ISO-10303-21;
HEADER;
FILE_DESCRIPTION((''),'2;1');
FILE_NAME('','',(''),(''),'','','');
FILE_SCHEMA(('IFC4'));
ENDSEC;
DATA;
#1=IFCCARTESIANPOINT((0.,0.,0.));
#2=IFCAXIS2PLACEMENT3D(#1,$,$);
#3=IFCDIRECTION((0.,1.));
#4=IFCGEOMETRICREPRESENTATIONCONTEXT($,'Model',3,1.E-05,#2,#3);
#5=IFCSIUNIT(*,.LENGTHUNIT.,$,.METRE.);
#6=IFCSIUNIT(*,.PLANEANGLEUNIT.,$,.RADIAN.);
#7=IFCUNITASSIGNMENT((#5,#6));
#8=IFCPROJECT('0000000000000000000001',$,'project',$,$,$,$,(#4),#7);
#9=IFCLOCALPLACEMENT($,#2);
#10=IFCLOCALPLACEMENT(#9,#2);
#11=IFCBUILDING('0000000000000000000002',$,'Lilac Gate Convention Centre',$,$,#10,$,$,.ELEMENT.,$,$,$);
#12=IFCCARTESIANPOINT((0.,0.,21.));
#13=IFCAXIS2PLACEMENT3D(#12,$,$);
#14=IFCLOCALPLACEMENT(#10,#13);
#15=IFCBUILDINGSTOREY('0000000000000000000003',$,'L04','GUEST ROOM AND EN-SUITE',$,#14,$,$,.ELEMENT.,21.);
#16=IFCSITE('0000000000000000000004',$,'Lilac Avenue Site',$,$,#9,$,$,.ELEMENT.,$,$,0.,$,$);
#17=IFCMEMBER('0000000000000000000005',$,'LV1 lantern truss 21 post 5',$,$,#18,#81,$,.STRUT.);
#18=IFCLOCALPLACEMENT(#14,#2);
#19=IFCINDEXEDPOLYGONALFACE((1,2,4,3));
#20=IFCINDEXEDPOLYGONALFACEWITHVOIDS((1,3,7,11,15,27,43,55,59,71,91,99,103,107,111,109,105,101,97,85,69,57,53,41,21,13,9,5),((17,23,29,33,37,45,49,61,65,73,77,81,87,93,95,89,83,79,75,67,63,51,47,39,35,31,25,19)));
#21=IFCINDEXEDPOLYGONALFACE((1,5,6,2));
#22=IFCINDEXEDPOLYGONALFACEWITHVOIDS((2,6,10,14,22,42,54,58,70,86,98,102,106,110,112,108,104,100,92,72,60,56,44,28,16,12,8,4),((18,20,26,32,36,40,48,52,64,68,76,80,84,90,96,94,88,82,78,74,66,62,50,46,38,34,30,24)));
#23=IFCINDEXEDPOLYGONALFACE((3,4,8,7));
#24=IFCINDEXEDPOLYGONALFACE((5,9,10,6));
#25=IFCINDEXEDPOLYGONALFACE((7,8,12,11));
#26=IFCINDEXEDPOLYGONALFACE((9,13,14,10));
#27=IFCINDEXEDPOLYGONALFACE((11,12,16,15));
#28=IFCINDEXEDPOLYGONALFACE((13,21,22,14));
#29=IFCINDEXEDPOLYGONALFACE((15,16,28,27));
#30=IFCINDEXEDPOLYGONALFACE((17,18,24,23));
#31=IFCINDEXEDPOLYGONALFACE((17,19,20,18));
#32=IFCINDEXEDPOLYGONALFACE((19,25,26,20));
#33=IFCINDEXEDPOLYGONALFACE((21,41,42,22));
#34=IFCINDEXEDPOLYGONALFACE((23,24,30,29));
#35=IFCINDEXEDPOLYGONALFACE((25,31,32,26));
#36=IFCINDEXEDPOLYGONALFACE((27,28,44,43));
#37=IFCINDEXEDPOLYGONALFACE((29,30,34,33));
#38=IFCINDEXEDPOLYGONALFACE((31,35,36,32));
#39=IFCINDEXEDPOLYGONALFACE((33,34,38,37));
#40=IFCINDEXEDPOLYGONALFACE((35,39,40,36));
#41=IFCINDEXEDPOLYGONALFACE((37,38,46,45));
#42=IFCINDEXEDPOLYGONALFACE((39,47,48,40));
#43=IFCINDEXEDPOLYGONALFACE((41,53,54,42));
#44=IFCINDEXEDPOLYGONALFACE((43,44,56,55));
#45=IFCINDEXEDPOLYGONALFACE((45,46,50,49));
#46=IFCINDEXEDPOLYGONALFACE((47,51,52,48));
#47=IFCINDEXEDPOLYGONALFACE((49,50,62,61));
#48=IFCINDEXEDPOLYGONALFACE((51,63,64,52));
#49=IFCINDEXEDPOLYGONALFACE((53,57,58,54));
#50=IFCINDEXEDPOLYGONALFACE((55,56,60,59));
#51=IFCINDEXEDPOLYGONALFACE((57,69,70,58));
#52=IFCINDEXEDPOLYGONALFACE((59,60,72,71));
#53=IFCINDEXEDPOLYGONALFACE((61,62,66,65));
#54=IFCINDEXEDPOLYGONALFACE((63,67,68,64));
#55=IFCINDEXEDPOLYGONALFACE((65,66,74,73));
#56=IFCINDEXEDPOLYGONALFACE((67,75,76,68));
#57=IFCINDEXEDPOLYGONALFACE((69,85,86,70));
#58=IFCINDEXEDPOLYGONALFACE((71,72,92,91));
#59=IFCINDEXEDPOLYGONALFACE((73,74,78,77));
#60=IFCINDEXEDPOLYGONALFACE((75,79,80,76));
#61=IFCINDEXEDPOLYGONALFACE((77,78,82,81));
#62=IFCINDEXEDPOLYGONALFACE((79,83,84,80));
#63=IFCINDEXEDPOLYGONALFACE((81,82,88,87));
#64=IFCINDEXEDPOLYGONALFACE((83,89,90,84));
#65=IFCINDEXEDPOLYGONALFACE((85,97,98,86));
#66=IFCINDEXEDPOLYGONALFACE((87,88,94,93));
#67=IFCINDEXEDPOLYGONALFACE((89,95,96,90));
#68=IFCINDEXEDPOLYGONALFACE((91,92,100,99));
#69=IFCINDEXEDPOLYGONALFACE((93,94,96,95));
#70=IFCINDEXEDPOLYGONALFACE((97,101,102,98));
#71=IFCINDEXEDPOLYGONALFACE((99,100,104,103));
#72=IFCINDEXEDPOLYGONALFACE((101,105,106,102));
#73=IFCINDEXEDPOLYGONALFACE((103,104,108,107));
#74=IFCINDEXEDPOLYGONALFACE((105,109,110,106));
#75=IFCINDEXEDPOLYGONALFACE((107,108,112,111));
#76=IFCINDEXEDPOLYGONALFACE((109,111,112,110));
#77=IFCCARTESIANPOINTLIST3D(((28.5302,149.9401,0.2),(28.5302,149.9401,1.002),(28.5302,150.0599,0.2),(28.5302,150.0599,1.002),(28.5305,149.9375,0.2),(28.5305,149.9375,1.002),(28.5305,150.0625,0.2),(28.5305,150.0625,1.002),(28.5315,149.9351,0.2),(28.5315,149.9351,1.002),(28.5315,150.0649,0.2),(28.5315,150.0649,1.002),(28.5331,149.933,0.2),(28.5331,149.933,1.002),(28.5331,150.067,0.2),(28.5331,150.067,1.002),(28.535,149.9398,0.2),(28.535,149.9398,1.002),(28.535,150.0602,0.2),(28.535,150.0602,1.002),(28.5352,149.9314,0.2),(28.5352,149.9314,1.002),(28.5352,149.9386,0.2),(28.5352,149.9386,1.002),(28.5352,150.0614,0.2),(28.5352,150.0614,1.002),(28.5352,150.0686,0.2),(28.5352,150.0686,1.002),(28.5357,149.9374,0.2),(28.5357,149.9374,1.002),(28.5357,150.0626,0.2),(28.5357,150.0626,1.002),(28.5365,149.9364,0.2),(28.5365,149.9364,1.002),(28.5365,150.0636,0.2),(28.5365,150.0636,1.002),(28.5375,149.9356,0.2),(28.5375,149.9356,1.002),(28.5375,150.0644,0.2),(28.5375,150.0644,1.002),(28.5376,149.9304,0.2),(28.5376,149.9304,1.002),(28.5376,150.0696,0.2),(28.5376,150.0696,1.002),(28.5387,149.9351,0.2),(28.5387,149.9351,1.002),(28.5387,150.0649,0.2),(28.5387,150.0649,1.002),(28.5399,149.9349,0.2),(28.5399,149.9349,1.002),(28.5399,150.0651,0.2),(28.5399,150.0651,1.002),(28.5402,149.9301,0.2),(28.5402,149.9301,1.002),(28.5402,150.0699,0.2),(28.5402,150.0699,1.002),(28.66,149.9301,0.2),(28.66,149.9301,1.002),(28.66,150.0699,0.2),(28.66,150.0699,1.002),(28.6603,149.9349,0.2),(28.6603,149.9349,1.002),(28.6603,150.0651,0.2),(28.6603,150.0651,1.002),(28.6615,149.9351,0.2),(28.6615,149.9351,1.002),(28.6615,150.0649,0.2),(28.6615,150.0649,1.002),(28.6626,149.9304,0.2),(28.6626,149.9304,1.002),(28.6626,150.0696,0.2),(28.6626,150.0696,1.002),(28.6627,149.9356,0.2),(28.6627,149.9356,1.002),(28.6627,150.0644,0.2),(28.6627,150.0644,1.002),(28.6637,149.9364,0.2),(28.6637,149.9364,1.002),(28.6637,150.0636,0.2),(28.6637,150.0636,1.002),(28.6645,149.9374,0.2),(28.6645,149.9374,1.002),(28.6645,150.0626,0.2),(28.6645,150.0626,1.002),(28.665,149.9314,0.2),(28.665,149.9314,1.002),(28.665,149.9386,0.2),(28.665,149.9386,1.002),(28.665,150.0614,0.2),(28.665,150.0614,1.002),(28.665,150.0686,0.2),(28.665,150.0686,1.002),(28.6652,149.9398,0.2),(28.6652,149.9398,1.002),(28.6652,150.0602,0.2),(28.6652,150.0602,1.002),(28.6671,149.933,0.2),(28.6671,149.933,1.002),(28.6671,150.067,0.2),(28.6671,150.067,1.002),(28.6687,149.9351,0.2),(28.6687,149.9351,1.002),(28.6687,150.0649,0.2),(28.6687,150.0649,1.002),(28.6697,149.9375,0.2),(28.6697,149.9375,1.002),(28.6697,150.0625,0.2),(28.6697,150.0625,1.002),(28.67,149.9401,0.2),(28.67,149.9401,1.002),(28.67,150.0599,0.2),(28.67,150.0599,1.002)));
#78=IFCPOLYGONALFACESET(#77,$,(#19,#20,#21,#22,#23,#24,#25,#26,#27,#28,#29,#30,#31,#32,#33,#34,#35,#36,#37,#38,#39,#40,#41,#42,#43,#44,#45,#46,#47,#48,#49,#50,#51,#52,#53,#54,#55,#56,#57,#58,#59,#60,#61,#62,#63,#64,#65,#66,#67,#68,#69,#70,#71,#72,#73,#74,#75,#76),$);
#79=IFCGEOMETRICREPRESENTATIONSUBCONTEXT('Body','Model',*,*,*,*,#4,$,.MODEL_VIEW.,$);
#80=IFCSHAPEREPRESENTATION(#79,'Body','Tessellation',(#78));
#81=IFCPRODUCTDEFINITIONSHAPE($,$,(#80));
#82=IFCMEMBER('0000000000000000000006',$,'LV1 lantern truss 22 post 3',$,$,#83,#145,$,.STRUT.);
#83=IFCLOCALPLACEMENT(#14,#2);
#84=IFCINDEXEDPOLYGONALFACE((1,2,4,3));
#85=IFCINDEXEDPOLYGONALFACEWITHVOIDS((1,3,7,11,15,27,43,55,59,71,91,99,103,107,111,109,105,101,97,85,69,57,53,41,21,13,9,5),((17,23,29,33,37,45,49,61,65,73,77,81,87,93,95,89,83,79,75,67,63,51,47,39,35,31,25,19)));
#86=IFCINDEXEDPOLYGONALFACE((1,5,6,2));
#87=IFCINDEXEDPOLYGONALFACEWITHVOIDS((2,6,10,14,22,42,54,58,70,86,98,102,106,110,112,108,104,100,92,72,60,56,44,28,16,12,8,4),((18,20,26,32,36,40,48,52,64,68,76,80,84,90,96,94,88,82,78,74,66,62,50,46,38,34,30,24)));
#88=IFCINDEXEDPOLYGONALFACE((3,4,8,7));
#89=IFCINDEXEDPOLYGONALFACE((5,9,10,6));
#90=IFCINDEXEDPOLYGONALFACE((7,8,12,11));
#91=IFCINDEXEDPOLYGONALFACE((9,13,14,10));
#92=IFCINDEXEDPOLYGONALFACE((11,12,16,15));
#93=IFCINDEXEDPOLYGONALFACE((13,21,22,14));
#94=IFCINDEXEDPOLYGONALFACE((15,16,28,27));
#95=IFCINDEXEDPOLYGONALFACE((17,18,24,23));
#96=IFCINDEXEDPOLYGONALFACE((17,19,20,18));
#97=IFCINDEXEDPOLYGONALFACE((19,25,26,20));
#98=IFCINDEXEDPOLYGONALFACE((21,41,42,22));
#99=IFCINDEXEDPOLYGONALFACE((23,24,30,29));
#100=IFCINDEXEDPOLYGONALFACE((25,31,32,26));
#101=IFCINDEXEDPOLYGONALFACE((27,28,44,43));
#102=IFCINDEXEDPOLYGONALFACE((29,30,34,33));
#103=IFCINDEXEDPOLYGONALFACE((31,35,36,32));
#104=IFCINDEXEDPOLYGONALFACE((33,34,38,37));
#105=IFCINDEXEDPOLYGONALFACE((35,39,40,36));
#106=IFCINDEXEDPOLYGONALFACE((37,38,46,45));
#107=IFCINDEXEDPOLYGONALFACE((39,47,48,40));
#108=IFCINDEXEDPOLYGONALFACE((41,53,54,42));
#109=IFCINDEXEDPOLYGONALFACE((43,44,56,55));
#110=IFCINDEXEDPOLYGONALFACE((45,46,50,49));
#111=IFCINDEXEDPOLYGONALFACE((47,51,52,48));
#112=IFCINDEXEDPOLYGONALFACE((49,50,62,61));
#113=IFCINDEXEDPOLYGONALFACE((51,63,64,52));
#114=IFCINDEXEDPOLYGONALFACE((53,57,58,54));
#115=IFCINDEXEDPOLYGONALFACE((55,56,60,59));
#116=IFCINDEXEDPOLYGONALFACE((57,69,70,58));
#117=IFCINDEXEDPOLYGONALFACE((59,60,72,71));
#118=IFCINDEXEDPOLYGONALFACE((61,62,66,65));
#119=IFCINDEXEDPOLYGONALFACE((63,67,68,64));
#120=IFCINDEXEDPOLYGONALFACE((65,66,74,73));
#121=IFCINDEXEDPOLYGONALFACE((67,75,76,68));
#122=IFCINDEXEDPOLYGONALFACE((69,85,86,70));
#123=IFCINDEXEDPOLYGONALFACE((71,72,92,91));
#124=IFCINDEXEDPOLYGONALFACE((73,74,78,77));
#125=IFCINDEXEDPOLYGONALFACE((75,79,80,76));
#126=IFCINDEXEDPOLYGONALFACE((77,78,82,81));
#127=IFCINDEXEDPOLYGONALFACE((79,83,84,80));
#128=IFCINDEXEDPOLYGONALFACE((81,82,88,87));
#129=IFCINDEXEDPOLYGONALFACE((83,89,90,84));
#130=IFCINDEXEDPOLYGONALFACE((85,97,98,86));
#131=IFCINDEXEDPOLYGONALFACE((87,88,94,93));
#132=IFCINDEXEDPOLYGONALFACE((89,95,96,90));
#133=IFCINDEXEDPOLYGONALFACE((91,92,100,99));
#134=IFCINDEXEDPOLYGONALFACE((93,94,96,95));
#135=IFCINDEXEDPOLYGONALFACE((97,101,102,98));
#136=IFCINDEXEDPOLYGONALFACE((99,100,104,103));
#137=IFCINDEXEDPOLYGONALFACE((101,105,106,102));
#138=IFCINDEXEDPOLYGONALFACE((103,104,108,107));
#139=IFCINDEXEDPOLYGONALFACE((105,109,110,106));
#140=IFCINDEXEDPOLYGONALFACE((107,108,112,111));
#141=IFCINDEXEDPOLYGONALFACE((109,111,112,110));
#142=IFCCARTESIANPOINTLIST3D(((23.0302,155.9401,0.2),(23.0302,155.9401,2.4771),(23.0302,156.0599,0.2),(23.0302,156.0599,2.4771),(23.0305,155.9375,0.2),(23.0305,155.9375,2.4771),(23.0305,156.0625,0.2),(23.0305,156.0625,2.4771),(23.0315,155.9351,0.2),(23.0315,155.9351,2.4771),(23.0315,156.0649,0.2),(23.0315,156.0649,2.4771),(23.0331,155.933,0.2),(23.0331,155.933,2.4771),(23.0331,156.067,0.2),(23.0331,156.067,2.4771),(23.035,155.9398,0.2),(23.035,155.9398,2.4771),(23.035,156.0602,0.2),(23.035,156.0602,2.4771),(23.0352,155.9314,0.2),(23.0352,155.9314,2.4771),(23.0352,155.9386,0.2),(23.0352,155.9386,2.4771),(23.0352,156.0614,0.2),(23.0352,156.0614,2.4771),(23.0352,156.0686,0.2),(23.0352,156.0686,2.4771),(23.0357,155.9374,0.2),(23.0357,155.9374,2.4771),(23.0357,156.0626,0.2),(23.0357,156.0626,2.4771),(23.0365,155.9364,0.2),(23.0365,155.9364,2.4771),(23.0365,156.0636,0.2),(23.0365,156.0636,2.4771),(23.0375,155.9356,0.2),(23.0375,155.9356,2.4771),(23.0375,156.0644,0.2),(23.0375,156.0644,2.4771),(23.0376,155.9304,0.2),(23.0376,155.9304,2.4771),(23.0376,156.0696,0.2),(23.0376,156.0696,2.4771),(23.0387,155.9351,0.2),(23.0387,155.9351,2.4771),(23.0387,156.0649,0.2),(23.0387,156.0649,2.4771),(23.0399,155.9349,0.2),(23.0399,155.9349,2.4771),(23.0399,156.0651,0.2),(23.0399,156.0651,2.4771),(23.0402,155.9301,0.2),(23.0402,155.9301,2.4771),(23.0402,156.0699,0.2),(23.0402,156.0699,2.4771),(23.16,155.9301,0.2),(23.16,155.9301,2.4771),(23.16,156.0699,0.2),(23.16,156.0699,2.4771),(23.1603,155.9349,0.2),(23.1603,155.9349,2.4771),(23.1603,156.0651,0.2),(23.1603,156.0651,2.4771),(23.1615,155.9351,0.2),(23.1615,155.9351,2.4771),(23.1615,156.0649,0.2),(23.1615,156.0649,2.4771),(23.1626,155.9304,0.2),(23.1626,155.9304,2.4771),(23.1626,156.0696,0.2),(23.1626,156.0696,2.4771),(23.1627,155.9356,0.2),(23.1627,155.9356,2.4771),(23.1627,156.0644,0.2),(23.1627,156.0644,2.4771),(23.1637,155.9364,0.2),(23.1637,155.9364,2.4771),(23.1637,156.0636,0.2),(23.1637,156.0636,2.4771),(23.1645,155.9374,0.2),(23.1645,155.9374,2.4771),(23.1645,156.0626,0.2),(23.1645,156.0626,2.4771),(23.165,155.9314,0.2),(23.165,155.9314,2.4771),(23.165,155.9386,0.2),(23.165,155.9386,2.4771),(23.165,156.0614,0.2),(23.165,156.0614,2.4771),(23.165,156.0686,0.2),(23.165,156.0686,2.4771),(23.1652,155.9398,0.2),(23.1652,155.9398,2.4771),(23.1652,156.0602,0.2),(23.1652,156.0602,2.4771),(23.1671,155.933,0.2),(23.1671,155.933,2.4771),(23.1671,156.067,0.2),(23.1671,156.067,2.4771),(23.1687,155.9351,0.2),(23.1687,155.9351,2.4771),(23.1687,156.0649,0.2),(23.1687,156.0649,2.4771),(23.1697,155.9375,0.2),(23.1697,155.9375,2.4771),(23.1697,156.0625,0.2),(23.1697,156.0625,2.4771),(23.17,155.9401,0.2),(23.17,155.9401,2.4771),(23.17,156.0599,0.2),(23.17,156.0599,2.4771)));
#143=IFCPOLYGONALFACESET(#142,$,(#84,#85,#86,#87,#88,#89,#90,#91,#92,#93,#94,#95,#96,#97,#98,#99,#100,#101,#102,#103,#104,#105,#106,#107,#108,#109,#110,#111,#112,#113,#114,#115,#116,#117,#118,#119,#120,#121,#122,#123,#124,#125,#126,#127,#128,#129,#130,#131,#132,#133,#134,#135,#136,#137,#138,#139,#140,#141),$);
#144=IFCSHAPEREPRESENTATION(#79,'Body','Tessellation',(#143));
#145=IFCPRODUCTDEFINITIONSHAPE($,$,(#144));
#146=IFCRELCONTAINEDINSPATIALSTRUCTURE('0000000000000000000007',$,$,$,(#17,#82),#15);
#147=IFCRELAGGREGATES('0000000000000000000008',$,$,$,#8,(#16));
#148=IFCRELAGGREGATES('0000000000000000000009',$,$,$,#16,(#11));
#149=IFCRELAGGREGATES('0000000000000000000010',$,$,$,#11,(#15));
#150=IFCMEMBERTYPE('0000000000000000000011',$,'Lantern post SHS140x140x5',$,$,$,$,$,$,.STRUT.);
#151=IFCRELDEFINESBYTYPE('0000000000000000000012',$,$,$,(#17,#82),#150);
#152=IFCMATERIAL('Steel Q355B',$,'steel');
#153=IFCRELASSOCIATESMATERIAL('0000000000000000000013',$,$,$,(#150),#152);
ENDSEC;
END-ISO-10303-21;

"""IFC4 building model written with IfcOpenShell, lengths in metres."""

from ifc_helpers import new_model, si_unit, direction, frame, origin, origin_2d, place, context, subcontext, project, spatial, hollow_rectangle, extrude, material, material_profile, profile_set, type_object, element, save


model = new_model("IFC4")

# Units and contexts
model_context = context("Model", 3, precision=1e-05, world=origin(), true_north=direction((0.0, 1.0)))
body_context = subcontext(model_context, "Body", "Model", "MODEL_VIEW")
ifc_project = project(units=[si_unit("LENGTHUNIT", "METRE"), si_unit("PLANEANGLEUNIT", "RADIAN")], contexts=[model_context])

# Site, building, storey
site_placement = place(None, origin())
site = spatial("IfcSite", under=ifc_project, at=site_placement, Name="Lilac Avenue Site", CompositionType="ELEMENT", RefElevation=0.0)
building_placement = place(site_placement, origin())
building = spatial("IfcBuilding", under=site, at=building_placement, Name="Lilac Gate Convention Centre", CompositionType="ELEMENT")
storey_placement = place(building_placement, frame((0.0, 0.0, 21.0)))
storey = spatial("IfcBuildingStorey", under=building, at=storey_placement, Name="L04", Description="GUEST ROOM AND EN-SUITE", CompositionType="ELEMENT", Elevation=21.0)

# Members
ifc_material_1 = material(Name="Steel Q355B", Category="steel")
ifc_material_profile_1 = material_profile(ifc_material_1, hollow_rectangle(XDim=0.1399, YDim=0.1399, WallThickness=0.0049, InnerFilletRadius=0.0049, OuterFilletRadius=0.01, at=origin_2d()), Name="SHS140x140x5")
ifc_profile_set_1 = profile_set([ifc_material_profile_1], Name="Steel Q355B")
member_type_1 = type_object("IfcMemberType", Name="Lantern post SHS140x140x5", PredefinedType="STRUT", material=ifc_profile_set_1)
member_1_placement = place(storey_placement, frame((28.6001, 150.0, 0.2), z_axis=(0.0, 0.0, 1.0), x_axis=(1.0, 0.0, 0.0)))
element("IfcMember", 1, at=member_1_placement, inside=storey, type_object=member_type_1, Name="LV1 lantern truss 21 post 5", PredefinedType="STRUT", context=body_context, shape_type="SweptSolid", body=[
    extrude(hollow_rectangle(XDim=0.1399, YDim=0.1399, WallThickness=0.0049, InnerFilletRadius=0.0049, OuterFilletRadius=0.01, at=origin_2d()), origin(), (0.0, 0.0, 1.0), 0.802),
])
member_2_placement = place(storey_placement, frame((23.1001, 156.0, 0.2), z_axis=(0.0, 0.0, 1.0), x_axis=(1.0, 0.0, 0.0)))
element("IfcMember", 2, at=member_2_placement, inside=storey, type_object=member_type_1, Name="LV1 lantern truss 22 post 3", PredefinedType="STRUT", context=body_context, shape_type="SweptSolid", body=[
    extrude(hollow_rectangle(XDim=0.1399, YDim=0.1399, WallThickness=0.0049, InnerFilletRadius=0.0049, OuterFilletRadius=0.01, at=origin_2d()), origin(), (0.0, 0.0, 1.0), 2.2771),
])

save(model, "model.ifc")
